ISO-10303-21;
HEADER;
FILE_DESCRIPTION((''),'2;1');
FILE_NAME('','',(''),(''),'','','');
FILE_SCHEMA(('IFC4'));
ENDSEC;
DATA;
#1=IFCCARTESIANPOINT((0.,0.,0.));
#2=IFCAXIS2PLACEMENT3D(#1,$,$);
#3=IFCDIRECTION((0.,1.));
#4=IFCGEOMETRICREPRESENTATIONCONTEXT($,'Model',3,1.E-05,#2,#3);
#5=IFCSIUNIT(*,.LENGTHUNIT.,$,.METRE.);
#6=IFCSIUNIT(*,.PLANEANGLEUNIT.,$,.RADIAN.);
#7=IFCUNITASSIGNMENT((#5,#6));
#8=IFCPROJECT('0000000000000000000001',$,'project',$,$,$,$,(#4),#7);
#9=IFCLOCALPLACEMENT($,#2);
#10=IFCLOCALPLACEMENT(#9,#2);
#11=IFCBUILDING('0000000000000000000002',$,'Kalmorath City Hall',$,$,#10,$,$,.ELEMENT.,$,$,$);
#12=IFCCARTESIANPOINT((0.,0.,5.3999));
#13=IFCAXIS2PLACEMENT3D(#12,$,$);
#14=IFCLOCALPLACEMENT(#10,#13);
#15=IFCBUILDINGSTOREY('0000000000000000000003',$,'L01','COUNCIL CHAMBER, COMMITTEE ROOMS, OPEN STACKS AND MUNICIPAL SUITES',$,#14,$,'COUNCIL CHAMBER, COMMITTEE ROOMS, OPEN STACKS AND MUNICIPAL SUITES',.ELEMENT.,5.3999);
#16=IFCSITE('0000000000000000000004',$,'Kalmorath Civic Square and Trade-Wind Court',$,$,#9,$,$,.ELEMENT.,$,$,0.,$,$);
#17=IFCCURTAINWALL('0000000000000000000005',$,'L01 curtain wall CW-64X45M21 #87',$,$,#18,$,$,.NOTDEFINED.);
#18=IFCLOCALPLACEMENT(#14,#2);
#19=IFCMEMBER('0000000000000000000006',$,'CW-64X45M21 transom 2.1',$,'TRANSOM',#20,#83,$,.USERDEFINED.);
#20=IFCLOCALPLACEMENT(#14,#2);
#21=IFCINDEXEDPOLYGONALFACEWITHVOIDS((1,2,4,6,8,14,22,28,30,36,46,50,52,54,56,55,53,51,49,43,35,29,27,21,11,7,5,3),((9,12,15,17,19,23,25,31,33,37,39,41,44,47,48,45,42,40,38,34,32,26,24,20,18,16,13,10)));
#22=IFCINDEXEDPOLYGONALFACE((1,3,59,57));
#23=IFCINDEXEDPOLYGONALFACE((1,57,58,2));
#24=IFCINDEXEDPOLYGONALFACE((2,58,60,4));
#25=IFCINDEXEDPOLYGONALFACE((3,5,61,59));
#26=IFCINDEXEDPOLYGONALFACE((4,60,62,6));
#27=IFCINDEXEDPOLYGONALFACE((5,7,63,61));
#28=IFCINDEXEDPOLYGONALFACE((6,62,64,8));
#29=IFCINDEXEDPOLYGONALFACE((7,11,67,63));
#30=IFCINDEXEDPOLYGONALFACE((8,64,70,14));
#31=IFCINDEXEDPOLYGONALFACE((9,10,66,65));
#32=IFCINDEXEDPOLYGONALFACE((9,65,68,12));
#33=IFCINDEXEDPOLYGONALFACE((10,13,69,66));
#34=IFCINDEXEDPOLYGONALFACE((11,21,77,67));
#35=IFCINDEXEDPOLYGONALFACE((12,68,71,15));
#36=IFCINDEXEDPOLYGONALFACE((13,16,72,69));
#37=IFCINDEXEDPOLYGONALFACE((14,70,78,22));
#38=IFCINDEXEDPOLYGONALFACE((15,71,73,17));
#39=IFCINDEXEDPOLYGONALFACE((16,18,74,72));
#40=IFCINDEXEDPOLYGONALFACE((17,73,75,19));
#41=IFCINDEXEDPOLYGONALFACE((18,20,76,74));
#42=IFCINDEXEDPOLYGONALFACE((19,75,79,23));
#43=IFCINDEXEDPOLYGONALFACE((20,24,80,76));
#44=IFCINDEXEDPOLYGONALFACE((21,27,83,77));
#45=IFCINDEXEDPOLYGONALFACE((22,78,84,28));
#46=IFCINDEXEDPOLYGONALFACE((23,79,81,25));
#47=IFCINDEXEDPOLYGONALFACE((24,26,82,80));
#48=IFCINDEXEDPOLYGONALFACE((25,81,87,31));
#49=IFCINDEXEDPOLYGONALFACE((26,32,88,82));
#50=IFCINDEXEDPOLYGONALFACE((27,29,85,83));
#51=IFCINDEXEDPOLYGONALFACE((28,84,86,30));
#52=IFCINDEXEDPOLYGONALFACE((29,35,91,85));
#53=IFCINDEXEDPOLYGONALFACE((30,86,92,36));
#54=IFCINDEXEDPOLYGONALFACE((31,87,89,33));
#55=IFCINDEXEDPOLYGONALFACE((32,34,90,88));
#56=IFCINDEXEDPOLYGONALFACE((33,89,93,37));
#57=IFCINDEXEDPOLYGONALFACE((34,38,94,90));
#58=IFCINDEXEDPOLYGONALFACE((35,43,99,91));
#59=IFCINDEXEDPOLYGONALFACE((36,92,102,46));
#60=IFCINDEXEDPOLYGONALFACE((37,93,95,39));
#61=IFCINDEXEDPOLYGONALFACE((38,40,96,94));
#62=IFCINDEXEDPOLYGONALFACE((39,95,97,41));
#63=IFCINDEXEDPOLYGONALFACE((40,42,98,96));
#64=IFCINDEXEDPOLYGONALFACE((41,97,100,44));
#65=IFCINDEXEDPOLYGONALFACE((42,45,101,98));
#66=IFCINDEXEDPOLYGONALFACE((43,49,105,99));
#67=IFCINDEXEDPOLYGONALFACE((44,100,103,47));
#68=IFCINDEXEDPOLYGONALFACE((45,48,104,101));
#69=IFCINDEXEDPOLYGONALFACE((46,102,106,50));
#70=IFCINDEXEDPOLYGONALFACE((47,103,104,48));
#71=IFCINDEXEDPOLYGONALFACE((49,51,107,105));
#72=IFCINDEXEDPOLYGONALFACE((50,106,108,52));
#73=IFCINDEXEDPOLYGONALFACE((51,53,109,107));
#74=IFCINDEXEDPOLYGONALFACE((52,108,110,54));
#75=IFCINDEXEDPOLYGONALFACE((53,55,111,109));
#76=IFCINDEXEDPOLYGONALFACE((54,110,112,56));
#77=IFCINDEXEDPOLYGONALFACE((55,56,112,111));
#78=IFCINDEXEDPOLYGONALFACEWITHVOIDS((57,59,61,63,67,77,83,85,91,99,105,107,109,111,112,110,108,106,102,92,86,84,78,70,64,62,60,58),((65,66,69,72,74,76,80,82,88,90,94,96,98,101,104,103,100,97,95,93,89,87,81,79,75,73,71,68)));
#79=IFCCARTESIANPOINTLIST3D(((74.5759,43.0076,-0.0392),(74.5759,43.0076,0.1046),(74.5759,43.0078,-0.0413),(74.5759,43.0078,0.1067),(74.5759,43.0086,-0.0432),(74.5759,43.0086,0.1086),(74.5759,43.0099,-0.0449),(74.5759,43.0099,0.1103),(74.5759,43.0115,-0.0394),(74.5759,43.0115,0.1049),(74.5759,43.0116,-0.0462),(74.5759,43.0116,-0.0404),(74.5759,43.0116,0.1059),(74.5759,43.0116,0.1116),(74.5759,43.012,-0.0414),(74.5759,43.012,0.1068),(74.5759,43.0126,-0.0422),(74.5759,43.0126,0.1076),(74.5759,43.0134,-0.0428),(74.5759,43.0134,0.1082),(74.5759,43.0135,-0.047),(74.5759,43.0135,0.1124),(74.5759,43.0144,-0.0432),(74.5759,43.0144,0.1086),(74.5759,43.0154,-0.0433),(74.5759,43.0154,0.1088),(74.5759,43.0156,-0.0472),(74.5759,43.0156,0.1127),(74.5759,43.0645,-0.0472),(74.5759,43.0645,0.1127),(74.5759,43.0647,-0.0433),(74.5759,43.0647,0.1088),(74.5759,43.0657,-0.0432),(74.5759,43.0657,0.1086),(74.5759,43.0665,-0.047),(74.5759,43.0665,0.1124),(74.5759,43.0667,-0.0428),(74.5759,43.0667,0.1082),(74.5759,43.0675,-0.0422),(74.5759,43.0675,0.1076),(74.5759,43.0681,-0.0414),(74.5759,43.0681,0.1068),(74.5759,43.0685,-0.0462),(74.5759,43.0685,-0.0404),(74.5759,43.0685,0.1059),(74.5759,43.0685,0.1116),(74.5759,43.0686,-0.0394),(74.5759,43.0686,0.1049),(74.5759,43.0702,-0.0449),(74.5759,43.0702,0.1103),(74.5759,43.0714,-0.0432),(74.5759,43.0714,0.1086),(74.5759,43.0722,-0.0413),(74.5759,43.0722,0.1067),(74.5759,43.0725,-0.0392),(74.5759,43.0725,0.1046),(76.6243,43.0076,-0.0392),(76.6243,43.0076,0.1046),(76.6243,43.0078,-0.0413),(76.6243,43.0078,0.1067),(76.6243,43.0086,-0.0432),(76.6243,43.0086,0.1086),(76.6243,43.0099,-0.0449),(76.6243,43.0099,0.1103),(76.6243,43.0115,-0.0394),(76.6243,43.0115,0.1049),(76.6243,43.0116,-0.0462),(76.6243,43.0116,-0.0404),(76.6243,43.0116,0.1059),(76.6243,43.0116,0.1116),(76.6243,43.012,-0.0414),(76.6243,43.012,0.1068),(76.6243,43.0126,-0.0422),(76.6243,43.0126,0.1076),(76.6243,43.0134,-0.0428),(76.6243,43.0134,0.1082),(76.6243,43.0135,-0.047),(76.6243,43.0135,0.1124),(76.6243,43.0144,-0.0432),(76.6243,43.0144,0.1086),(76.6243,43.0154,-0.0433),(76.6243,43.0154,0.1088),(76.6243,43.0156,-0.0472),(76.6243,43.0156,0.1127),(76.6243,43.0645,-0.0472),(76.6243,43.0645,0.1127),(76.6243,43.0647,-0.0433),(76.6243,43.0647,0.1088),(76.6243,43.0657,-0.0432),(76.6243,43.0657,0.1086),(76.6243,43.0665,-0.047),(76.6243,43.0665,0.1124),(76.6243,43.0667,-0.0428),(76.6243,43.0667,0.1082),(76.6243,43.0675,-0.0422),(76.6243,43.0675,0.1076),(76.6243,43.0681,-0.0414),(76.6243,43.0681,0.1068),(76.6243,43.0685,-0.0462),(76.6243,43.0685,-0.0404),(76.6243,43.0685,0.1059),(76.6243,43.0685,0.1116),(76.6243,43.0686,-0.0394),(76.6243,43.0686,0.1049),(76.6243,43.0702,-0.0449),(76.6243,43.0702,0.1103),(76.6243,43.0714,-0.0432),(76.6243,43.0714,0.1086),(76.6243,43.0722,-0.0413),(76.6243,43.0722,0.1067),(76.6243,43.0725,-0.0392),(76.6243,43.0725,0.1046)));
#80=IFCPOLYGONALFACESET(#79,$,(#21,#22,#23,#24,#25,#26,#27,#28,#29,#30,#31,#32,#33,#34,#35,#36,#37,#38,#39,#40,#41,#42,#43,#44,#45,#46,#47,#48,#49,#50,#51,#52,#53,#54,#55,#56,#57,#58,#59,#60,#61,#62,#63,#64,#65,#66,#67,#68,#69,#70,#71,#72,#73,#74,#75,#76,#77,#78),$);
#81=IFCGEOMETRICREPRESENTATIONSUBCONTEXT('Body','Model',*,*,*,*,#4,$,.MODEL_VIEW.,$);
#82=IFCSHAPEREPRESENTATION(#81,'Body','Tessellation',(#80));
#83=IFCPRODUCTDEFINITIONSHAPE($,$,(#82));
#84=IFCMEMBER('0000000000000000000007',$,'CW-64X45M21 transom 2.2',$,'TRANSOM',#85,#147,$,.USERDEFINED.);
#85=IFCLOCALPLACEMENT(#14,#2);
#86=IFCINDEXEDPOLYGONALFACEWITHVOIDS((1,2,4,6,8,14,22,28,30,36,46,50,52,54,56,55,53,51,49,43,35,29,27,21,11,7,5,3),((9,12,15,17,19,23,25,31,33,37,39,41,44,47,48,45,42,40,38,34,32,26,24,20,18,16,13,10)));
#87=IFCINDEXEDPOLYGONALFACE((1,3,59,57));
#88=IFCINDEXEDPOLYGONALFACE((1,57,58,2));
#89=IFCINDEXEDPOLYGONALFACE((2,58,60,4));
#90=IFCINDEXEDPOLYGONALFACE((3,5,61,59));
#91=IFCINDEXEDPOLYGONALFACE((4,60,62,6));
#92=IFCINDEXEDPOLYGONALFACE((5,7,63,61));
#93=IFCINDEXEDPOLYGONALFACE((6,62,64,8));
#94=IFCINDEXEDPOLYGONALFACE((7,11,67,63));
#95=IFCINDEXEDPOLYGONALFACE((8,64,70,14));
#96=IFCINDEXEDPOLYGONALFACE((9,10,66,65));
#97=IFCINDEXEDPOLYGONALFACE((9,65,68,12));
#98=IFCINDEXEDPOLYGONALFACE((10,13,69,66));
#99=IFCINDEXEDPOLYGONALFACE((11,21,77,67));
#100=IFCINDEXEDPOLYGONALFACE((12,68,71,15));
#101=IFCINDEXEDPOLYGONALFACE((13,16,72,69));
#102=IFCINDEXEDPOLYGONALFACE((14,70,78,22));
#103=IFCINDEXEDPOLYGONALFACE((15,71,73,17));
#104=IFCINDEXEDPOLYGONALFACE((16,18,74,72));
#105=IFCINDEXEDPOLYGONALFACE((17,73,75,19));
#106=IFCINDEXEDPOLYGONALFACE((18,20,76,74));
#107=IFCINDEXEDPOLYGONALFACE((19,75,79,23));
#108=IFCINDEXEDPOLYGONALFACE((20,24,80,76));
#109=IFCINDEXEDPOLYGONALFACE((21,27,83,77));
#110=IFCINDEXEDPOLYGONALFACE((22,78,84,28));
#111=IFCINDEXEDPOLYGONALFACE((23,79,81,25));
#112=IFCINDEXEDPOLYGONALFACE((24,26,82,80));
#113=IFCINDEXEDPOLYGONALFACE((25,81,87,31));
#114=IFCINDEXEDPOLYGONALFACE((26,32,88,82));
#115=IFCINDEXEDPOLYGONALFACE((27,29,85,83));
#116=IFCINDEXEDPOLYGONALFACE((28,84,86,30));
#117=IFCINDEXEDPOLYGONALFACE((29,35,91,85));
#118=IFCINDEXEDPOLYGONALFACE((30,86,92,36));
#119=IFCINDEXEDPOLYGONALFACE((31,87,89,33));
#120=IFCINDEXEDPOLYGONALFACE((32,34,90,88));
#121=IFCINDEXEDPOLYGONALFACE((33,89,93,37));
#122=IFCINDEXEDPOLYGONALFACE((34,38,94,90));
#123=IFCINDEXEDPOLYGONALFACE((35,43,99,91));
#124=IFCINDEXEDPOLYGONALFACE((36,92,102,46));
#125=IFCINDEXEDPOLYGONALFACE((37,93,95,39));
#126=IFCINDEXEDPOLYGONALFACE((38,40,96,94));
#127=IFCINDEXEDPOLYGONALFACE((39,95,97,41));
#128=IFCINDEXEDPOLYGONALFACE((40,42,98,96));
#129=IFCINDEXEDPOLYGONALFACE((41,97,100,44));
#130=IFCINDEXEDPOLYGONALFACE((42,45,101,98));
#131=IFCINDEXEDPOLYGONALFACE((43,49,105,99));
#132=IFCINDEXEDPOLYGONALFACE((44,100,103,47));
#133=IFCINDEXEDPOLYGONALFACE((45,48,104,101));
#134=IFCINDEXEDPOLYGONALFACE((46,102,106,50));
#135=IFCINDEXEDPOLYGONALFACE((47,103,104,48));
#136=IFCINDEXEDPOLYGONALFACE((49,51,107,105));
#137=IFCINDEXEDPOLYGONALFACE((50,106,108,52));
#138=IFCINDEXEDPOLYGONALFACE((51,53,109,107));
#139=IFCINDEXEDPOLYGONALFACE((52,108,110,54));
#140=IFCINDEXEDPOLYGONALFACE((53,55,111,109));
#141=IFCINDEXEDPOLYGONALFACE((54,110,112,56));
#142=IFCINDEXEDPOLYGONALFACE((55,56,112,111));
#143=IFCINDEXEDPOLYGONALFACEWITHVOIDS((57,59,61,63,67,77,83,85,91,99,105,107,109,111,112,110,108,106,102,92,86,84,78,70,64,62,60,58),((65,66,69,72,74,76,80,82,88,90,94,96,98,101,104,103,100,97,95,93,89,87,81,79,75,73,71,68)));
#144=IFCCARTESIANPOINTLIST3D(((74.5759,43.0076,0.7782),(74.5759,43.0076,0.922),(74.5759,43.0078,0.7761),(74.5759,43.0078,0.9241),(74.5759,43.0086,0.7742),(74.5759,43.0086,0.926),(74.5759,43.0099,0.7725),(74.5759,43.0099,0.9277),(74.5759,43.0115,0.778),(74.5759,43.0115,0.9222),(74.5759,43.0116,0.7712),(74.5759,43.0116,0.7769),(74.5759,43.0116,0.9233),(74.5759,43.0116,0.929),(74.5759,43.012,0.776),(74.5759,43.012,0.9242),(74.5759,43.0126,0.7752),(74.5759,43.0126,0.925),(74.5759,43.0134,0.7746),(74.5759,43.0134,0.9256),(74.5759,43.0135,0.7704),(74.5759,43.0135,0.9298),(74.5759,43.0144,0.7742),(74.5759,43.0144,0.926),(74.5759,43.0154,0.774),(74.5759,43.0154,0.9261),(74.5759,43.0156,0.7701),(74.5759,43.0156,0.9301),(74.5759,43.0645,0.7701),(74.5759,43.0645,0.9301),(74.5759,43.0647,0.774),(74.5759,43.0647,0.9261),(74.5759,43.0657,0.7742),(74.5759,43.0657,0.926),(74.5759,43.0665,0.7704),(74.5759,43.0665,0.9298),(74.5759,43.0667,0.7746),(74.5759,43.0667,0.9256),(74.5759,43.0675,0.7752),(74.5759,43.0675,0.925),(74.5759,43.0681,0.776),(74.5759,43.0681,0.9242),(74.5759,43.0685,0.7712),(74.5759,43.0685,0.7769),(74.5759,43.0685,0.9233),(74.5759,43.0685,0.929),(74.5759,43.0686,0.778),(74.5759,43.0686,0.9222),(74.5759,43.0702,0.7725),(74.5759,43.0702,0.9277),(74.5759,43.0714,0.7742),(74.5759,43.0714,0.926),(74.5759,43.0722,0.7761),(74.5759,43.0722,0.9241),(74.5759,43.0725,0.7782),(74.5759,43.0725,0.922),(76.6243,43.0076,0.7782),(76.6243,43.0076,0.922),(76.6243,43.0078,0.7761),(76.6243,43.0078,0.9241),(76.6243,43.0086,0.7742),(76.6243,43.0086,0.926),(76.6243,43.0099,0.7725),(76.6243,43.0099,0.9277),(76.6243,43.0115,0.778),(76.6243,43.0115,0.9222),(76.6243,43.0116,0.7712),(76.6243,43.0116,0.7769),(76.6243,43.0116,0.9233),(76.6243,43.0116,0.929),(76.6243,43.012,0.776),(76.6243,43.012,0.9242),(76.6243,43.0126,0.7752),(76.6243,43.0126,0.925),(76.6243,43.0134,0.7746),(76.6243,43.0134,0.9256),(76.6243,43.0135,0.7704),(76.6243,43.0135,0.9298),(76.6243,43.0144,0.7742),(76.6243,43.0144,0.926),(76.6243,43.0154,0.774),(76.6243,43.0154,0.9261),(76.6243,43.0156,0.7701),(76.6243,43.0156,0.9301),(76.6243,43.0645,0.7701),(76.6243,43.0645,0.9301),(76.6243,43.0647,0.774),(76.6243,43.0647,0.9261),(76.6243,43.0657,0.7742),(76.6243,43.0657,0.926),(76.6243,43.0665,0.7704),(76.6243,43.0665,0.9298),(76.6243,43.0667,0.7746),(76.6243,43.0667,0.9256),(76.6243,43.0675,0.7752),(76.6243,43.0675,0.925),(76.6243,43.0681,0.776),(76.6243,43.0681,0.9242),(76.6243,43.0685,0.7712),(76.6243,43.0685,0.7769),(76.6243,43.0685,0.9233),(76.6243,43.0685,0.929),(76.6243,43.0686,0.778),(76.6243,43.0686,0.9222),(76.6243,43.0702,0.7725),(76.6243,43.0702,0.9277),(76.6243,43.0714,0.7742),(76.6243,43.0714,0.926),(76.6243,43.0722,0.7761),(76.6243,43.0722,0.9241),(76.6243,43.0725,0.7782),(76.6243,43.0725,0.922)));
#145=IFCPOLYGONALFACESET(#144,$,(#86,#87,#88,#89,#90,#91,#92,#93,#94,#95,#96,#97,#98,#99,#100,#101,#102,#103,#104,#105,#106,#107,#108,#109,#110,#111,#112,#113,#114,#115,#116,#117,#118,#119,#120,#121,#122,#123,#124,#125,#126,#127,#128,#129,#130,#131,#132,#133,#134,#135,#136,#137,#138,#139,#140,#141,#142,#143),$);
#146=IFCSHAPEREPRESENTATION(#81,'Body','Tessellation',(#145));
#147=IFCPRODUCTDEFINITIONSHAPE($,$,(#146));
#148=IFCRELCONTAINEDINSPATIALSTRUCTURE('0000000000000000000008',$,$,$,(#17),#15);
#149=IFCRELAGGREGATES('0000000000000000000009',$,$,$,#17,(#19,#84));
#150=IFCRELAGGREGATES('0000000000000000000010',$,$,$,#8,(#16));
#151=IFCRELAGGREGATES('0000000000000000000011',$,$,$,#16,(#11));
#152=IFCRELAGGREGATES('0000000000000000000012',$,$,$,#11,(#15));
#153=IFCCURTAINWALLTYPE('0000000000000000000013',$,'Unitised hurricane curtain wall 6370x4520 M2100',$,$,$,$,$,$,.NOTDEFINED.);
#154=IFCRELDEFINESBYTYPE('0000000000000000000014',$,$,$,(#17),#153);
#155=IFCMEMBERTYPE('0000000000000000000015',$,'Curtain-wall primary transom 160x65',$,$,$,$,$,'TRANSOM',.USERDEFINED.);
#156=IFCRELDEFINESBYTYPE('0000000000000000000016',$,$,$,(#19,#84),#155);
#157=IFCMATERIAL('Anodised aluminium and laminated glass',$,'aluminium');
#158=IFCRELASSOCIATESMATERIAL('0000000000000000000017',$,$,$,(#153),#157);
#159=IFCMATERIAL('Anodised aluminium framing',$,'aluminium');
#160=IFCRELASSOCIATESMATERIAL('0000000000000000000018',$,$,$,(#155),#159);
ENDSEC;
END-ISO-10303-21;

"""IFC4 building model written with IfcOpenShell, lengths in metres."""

from ifc_helpers import new_model, si_unit, direction, frame, origin, origin_2d, place, context, subcontext, project, spatial, hollow_rectangle, extrude, material, material_profile, profile_set, type_object, element, aggregate, save


model = new_model("IFC4")

# Units and contexts
model_context = context("Model", 3, precision=1e-05, world=origin(), true_north=direction((0.0, 1.0)))
body_context = subcontext(model_context, "Body", "Model", "MODEL_VIEW")
ifc_project = project(units=[si_unit("LENGTHUNIT", "METRE"), si_unit("PLANEANGLEUNIT", "RADIAN")], contexts=[model_context])

# Site, building, storey
site_placement = place(None, origin())
site = spatial("IfcSite", under=ifc_project, at=site_placement, Name="Kalmorath Civic Square and Trade-Wind Court", CompositionType="ELEMENT", RefElevation=0.0)
building_placement = place(site_placement, origin())
building = spatial("IfcBuilding", under=site, at=building_placement, Name="Kalmorath City Hall", CompositionType="ELEMENT")
storey_placement = place(building_placement, frame((0.0, 0.0, 5.3999)))
storey = spatial("IfcBuildingStorey", under=building, at=storey_placement, Name="L01", Description="COUNCIL CHAMBER, COMMITTEE ROOMS, OPEN STACKS AND MUNICIPAL SUITES", LongName="COUNCIL CHAMBER, COMMITTEE ROOMS, OPEN STACKS AND MUNICIPAL SUITES", CompositionType="ELEMENT", Elevation=5.3999)

# Curtain wall, members
ifc_material_1 = material(Name="Anodised aluminium and laminated glass", Category="aluminium")
curtain_wall_type = type_object("IfcCurtainWallType", Name="Unitised hurricane curtain wall 6370x4520 M2100", PredefinedType="NOTDEFINED", material=ifc_material_1)
curtain_wall_placement = place(storey_placement, origin())
curtain_wall = element("IfcCurtainWall", 1, at=curtain_wall_placement, inside=storey, type_object=curtain_wall_type, Name="L01 curtain wall CW-64X45M21 #87", PredefinedType="NOTDEFINED")
ifc_material_2 = material(Name="Anodised aluminium framing", Category="aluminium")
ifc_material_profile_1 = material_profile(ifc_material_2, hollow_rectangle(XDim=0.0649, YDim=0.1599, WallThickness=0.0039, InnerFilletRadius=0.0039, OuterFilletRadius=0.0081, at=origin_2d()), Name="ALU-TRN-160X65X4")
ifc_profile_set_1 = profile_set([ifc_material_profile_1], Name="Anodised aluminium framing")
member_type_1 = type_object("IfcMemberType", Name="Curtain-wall primary transom 160x65", ElementType="TRANSOM", PredefinedType="USERDEFINED", material=ifc_profile_set_1)
member_1_placement = place(storey_placement, frame((74.5759, 43.04, 0.0327), z_axis=(1.0, 0.0, 0.0), x_axis=(0.0, 1.0, 0.0)))
member_1 = element("IfcMember", 2, at=member_1_placement, type_object=member_type_1, Name="CW-64X45M21 transom 2.1", ObjectType="TRANSOM", PredefinedType="USERDEFINED", context=body_context, shape_type="SweptSolid", body=[
    extrude(hollow_rectangle(XDim=0.0649, YDim=0.1599, WallThickness=0.0039, InnerFilletRadius=0.0039, OuterFilletRadius=0.0081, at=origin_2d()), origin(), (0.0, 0.0, 1.0), 2.0483),
])
member_2_placement = place(storey_placement, frame((74.5759, 43.04, 0.8501), z_axis=(1.0, 0.0, 0.0), x_axis=(0.0, 1.0, 0.0)))
member_2 = element("IfcMember", 3, at=member_2_placement, type_object=member_type_1, Name="CW-64X45M21 transom 2.2", ObjectType="TRANSOM", PredefinedType="USERDEFINED", context=body_context, shape_type="SweptSolid", body=[
    extrude(hollow_rectangle(XDim=0.0649, YDim=0.1599, WallThickness=0.0039, InnerFilletRadius=0.0039, OuterFilletRadius=0.0081, at=origin_2d()), origin(), (0.0, 0.0, 1.0), 2.0483),
])
aggregate(curtain_wall, [member_1, member_2])

save(model, "model.ifc")
